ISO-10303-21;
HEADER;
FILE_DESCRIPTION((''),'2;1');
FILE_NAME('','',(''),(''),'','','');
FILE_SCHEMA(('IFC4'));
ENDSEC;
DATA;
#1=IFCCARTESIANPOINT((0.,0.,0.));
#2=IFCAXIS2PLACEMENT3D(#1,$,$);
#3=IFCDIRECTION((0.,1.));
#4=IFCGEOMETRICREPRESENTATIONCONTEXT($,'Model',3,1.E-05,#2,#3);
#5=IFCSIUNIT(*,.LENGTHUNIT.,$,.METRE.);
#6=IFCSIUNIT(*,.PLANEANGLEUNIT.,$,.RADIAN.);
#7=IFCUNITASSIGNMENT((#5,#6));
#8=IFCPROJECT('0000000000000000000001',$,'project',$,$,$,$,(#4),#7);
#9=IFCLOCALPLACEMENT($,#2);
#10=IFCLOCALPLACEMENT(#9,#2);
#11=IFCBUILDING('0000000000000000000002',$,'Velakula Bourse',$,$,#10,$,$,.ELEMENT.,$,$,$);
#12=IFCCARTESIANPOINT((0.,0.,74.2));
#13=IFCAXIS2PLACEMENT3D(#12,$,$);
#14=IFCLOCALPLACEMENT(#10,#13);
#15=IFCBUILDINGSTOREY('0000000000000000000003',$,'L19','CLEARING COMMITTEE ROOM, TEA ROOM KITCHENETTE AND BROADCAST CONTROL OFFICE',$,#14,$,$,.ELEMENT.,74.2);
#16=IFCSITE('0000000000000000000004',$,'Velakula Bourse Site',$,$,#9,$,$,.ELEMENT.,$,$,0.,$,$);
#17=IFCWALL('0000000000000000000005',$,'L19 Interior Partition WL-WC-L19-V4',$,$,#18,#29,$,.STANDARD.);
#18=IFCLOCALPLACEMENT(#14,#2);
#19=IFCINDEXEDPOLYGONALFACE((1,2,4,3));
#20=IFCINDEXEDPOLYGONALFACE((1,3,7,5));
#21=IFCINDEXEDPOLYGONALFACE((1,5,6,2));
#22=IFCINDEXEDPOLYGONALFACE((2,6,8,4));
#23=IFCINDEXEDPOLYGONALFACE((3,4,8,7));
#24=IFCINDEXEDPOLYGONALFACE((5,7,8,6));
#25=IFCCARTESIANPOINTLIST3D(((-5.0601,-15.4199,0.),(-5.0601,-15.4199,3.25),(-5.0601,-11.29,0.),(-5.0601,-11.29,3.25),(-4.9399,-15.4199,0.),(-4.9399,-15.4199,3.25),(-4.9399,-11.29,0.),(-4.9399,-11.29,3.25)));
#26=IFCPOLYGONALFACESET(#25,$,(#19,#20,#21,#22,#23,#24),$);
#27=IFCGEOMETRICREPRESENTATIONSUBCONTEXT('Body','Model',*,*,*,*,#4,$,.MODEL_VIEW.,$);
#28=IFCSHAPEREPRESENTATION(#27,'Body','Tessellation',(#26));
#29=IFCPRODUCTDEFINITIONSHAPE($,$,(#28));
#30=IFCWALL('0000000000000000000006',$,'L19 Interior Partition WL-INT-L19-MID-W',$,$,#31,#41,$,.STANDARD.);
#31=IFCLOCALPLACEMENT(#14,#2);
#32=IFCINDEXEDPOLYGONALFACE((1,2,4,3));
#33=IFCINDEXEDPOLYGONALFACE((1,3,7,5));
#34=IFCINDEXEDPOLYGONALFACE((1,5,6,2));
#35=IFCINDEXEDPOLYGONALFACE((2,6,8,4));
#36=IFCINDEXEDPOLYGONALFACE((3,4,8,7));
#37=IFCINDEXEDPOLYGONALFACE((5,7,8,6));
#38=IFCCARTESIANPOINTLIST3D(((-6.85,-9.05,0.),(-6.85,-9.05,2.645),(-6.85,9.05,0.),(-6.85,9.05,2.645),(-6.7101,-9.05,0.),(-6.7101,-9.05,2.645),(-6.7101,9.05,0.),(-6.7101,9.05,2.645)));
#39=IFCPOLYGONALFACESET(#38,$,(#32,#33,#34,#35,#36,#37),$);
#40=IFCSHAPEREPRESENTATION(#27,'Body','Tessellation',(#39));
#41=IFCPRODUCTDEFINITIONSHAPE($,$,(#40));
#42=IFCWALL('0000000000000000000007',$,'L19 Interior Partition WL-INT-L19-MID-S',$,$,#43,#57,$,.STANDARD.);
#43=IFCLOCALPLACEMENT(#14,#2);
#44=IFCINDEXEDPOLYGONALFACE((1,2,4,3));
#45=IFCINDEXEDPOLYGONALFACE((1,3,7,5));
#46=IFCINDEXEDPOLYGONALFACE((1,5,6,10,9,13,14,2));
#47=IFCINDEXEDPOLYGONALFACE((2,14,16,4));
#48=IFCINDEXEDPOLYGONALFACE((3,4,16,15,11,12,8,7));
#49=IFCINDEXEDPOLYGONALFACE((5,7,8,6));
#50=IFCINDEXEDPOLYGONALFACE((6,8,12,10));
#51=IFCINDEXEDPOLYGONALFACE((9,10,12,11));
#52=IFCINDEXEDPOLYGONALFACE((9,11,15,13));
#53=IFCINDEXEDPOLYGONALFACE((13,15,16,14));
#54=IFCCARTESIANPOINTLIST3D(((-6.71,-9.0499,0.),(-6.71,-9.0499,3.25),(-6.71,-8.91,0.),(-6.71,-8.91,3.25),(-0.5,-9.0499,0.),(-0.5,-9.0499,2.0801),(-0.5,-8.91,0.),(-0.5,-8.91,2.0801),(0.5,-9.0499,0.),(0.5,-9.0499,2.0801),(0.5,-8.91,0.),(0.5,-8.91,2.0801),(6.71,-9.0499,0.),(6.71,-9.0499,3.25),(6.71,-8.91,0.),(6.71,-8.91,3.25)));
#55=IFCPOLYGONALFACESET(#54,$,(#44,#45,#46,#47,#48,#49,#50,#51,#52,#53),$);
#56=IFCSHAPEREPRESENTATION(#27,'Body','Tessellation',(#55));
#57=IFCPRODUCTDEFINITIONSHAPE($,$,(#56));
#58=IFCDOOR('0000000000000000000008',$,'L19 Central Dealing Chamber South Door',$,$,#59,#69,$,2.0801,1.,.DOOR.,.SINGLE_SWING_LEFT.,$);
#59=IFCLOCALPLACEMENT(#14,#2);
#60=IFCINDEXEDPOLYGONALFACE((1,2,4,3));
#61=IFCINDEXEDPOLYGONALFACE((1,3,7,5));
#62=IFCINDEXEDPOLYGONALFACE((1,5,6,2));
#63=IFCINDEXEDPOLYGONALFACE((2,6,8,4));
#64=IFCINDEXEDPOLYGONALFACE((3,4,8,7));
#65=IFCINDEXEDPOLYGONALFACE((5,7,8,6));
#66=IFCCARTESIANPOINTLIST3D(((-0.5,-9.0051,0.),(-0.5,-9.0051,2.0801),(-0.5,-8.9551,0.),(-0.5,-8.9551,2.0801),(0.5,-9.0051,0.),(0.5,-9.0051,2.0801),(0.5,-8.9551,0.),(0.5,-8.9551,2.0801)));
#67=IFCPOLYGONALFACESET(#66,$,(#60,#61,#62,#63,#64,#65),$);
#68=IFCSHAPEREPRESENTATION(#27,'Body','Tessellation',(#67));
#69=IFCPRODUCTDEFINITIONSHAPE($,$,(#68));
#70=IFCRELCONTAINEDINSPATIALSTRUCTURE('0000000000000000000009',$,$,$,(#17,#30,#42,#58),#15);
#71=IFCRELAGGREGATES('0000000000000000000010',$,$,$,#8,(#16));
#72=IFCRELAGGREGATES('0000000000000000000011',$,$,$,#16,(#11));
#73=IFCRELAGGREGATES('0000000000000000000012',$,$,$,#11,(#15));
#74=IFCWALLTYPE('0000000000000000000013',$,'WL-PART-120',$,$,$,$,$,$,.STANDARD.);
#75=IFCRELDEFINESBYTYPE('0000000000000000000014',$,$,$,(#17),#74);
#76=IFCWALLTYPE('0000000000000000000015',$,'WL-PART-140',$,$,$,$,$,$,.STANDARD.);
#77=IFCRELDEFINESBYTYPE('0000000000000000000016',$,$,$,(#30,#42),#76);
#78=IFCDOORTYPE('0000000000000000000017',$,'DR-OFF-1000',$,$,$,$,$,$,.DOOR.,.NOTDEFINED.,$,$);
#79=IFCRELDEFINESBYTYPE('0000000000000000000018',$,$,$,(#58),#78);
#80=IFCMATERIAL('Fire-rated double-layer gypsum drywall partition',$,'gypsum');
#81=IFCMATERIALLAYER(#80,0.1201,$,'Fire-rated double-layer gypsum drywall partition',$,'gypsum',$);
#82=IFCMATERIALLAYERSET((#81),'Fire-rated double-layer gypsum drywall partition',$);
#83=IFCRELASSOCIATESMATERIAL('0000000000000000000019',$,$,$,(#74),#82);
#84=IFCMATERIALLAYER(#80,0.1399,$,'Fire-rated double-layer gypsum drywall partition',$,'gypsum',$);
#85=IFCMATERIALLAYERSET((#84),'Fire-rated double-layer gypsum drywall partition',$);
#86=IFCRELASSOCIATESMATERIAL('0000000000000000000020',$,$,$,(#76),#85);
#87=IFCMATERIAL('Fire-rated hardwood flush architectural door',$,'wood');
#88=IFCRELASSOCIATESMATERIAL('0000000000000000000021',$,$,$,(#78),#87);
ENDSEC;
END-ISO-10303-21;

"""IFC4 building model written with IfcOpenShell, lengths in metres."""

from ifc_helpers import new_model, si_unit, direction, frame, frame_2d, origin, place, context, subcontext, project, spatial, rectangle, extrude, material, layer, layer_set, type_object, element, fill, save


model = new_model("IFC4")

# Units and contexts
model_context = context("Model", 3, precision=1e-05, world=origin(), true_north=direction((0.0, 1.0)))
body_context = subcontext(model_context, "Body", "Model", "MODEL_VIEW")
ifc_project = project(units=[si_unit("LENGTHUNIT", "METRE"), si_unit("PLANEANGLEUNIT", "RADIAN")], contexts=[model_context])

# Site, building, storey
site_placement = place(None, origin())
site = spatial("IfcSite", under=ifc_project, at=site_placement, Name="Velakula Bourse Site", CompositionType="ELEMENT", RefElevation=0.0)
building_placement = place(site_placement, origin())
building = spatial("IfcBuilding", under=site, at=building_placement, Name="Velakula Bourse", CompositionType="ELEMENT")
storey_placement = place(building_placement, frame((0.0, 0.0, 74.2)))
storey = spatial("IfcBuildingStorey", under=building, at=storey_placement, Name="L19", Description="CLEARING COMMITTEE ROOM, TEA ROOM KITCHENETTE AND BROADCAST CONTROL OFFICE", CompositionType="ELEMENT", Elevation=74.2)

# Walls
ifc_material_1 = material(Name="Fire-rated double-layer gypsum drywall partition", Category="gypsum")
ifc_layer_1 = layer(ifc_material_1, 0.1201, Name="Fire-rated double-layer gypsum drywall partition", Category="gypsum")
ifc_layer_set_1 = layer_set([ifc_layer_1], Name="Fire-rated double-layer gypsum drywall partition")
wall_type_1 = type_object("IfcWallType", Name="WL-PART-120", PredefinedType="STANDARD", material=ifc_layer_set_1)
for number, where, z_axis, x_axis, name in (
    (1, (-5.0, -15.4199, 0.0), (0.0, 0.0, 1.0), (0.0, 1.0, 0.0), "L19 Interior Partition WL-WC-L19-V4"),
):
    element("IfcWall", number, at=place(storey_placement, frame(where, z_axis=z_axis, x_axis=x_axis)), inside=storey, type_object=wall_type_1, Name=name, PredefinedType="STANDARD", context=body_context, shape_type="SweptSolid", body=[
        extrude(rectangle(XDim=4.1299, YDim=0.1201, at=frame_2d((2.0649, 0.0))), origin(), (0.0, 0.0, 1.0), 3.25),
    ])
ifc_layer_2 = layer(ifc_material_1, 0.1399, Name="Fire-rated double-layer gypsum drywall partition", Category="gypsum")
ifc_layer_set_2 = layer_set([ifc_layer_2], Name="Fire-rated double-layer gypsum drywall partition")
wall_type_2 = type_object("IfcWallType", Name="WL-PART-140", PredefinedType="STANDARD", material=ifc_layer_set_2)
wall_1_placement = place(storey_placement, frame((-6.78, -9.05, 0.0), z_axis=(0.0, 0.0, 1.0), x_axis=(0.0, 1.0, 0.0)))
element("IfcWall", 2, at=wall_1_placement, inside=storey, type_object=wall_type_2, Name="L19 Interior Partition WL-INT-L19-MID-W", PredefinedType="STANDARD", context=body_context, shape_type="SweptSolid", body=[
    extrude(rectangle(XDim=18.1001, YDim=0.1399, at=frame_2d((9.05, 0.0))), origin(), (0.0, 0.0, 1.0), 2.645),
])

# Wall, opening, door
wall_2_placement = place(storey_placement, frame((-6.71, -8.98, 0.0), z_axis=(0.0, 0.0, 1.0), x_axis=(1.0, 0.0, 0.0)))
wall_2 = element("IfcWall", 3, at=wall_2_placement, inside=storey, type_object=wall_type_2, Name="L19 Interior Partition WL-INT-L19-MID-S", PredefinedType="STANDARD", context=body_context, shape_type="SweptSolid", body=[
    extrude(rectangle(XDim=13.4199, YDim=0.1399, at=frame_2d((6.71, 0.0))), origin(), (0.0, 0.0, 1.0), 3.25),
])
opening_1_placement = place(wall_2_placement, frame((6.21, 0.0, 0.0)))
opening_1 = element("IfcOpeningElement", 4, at=opening_1_placement, cuts=wall_2, PredefinedType="OPENING", context=body_context, shape_type="SweptSolid", body=[
    extrude(rectangle(XDim=1.0, YDim=2.0801, at=frame_2d((0.5, 1.04))), frame((0.0, 0.0798, 0.0), z_axis=(0.0, -1.0, 0.0), x_axis=(1.0, 0.0, 0.0)), (0.0, 0.0, 1.0), 0.1599),
])
ifc_material_2 = material(Name="Fire-rated hardwood flush architectural door", Category="wood")
door_type = type_object("IfcDoorType", Name="DR-OFF-1000", OperationType="NOTDEFINED", PredefinedType="DOOR", material=ifc_material_2)
door_placement = place(opening_1_placement, origin())
door = element("IfcDoor", 5, at=door_placement, inside=storey, type_object=door_type, Name="L19 Central Dealing Chamber South Door", OperationType="SINGLE_SWING_LEFT", OverallHeight=2.0801, OverallWidth=1.0, PredefinedType="DOOR", context=body_context, shape_type="SweptSolid", body=[
    extrude(rectangle(XDim=1.0, YDim=2.0801, at=frame_2d((0.5, 1.04))), frame((0.0, 0.0249, 0.0), z_axis=(0.0, -1.0, 0.0), x_axis=(1.0, 0.0, 0.0)), (0.0, 0.0, 1.0), 0.05),
])
fill(opening_1, door)

save(model, "model.ifc")
